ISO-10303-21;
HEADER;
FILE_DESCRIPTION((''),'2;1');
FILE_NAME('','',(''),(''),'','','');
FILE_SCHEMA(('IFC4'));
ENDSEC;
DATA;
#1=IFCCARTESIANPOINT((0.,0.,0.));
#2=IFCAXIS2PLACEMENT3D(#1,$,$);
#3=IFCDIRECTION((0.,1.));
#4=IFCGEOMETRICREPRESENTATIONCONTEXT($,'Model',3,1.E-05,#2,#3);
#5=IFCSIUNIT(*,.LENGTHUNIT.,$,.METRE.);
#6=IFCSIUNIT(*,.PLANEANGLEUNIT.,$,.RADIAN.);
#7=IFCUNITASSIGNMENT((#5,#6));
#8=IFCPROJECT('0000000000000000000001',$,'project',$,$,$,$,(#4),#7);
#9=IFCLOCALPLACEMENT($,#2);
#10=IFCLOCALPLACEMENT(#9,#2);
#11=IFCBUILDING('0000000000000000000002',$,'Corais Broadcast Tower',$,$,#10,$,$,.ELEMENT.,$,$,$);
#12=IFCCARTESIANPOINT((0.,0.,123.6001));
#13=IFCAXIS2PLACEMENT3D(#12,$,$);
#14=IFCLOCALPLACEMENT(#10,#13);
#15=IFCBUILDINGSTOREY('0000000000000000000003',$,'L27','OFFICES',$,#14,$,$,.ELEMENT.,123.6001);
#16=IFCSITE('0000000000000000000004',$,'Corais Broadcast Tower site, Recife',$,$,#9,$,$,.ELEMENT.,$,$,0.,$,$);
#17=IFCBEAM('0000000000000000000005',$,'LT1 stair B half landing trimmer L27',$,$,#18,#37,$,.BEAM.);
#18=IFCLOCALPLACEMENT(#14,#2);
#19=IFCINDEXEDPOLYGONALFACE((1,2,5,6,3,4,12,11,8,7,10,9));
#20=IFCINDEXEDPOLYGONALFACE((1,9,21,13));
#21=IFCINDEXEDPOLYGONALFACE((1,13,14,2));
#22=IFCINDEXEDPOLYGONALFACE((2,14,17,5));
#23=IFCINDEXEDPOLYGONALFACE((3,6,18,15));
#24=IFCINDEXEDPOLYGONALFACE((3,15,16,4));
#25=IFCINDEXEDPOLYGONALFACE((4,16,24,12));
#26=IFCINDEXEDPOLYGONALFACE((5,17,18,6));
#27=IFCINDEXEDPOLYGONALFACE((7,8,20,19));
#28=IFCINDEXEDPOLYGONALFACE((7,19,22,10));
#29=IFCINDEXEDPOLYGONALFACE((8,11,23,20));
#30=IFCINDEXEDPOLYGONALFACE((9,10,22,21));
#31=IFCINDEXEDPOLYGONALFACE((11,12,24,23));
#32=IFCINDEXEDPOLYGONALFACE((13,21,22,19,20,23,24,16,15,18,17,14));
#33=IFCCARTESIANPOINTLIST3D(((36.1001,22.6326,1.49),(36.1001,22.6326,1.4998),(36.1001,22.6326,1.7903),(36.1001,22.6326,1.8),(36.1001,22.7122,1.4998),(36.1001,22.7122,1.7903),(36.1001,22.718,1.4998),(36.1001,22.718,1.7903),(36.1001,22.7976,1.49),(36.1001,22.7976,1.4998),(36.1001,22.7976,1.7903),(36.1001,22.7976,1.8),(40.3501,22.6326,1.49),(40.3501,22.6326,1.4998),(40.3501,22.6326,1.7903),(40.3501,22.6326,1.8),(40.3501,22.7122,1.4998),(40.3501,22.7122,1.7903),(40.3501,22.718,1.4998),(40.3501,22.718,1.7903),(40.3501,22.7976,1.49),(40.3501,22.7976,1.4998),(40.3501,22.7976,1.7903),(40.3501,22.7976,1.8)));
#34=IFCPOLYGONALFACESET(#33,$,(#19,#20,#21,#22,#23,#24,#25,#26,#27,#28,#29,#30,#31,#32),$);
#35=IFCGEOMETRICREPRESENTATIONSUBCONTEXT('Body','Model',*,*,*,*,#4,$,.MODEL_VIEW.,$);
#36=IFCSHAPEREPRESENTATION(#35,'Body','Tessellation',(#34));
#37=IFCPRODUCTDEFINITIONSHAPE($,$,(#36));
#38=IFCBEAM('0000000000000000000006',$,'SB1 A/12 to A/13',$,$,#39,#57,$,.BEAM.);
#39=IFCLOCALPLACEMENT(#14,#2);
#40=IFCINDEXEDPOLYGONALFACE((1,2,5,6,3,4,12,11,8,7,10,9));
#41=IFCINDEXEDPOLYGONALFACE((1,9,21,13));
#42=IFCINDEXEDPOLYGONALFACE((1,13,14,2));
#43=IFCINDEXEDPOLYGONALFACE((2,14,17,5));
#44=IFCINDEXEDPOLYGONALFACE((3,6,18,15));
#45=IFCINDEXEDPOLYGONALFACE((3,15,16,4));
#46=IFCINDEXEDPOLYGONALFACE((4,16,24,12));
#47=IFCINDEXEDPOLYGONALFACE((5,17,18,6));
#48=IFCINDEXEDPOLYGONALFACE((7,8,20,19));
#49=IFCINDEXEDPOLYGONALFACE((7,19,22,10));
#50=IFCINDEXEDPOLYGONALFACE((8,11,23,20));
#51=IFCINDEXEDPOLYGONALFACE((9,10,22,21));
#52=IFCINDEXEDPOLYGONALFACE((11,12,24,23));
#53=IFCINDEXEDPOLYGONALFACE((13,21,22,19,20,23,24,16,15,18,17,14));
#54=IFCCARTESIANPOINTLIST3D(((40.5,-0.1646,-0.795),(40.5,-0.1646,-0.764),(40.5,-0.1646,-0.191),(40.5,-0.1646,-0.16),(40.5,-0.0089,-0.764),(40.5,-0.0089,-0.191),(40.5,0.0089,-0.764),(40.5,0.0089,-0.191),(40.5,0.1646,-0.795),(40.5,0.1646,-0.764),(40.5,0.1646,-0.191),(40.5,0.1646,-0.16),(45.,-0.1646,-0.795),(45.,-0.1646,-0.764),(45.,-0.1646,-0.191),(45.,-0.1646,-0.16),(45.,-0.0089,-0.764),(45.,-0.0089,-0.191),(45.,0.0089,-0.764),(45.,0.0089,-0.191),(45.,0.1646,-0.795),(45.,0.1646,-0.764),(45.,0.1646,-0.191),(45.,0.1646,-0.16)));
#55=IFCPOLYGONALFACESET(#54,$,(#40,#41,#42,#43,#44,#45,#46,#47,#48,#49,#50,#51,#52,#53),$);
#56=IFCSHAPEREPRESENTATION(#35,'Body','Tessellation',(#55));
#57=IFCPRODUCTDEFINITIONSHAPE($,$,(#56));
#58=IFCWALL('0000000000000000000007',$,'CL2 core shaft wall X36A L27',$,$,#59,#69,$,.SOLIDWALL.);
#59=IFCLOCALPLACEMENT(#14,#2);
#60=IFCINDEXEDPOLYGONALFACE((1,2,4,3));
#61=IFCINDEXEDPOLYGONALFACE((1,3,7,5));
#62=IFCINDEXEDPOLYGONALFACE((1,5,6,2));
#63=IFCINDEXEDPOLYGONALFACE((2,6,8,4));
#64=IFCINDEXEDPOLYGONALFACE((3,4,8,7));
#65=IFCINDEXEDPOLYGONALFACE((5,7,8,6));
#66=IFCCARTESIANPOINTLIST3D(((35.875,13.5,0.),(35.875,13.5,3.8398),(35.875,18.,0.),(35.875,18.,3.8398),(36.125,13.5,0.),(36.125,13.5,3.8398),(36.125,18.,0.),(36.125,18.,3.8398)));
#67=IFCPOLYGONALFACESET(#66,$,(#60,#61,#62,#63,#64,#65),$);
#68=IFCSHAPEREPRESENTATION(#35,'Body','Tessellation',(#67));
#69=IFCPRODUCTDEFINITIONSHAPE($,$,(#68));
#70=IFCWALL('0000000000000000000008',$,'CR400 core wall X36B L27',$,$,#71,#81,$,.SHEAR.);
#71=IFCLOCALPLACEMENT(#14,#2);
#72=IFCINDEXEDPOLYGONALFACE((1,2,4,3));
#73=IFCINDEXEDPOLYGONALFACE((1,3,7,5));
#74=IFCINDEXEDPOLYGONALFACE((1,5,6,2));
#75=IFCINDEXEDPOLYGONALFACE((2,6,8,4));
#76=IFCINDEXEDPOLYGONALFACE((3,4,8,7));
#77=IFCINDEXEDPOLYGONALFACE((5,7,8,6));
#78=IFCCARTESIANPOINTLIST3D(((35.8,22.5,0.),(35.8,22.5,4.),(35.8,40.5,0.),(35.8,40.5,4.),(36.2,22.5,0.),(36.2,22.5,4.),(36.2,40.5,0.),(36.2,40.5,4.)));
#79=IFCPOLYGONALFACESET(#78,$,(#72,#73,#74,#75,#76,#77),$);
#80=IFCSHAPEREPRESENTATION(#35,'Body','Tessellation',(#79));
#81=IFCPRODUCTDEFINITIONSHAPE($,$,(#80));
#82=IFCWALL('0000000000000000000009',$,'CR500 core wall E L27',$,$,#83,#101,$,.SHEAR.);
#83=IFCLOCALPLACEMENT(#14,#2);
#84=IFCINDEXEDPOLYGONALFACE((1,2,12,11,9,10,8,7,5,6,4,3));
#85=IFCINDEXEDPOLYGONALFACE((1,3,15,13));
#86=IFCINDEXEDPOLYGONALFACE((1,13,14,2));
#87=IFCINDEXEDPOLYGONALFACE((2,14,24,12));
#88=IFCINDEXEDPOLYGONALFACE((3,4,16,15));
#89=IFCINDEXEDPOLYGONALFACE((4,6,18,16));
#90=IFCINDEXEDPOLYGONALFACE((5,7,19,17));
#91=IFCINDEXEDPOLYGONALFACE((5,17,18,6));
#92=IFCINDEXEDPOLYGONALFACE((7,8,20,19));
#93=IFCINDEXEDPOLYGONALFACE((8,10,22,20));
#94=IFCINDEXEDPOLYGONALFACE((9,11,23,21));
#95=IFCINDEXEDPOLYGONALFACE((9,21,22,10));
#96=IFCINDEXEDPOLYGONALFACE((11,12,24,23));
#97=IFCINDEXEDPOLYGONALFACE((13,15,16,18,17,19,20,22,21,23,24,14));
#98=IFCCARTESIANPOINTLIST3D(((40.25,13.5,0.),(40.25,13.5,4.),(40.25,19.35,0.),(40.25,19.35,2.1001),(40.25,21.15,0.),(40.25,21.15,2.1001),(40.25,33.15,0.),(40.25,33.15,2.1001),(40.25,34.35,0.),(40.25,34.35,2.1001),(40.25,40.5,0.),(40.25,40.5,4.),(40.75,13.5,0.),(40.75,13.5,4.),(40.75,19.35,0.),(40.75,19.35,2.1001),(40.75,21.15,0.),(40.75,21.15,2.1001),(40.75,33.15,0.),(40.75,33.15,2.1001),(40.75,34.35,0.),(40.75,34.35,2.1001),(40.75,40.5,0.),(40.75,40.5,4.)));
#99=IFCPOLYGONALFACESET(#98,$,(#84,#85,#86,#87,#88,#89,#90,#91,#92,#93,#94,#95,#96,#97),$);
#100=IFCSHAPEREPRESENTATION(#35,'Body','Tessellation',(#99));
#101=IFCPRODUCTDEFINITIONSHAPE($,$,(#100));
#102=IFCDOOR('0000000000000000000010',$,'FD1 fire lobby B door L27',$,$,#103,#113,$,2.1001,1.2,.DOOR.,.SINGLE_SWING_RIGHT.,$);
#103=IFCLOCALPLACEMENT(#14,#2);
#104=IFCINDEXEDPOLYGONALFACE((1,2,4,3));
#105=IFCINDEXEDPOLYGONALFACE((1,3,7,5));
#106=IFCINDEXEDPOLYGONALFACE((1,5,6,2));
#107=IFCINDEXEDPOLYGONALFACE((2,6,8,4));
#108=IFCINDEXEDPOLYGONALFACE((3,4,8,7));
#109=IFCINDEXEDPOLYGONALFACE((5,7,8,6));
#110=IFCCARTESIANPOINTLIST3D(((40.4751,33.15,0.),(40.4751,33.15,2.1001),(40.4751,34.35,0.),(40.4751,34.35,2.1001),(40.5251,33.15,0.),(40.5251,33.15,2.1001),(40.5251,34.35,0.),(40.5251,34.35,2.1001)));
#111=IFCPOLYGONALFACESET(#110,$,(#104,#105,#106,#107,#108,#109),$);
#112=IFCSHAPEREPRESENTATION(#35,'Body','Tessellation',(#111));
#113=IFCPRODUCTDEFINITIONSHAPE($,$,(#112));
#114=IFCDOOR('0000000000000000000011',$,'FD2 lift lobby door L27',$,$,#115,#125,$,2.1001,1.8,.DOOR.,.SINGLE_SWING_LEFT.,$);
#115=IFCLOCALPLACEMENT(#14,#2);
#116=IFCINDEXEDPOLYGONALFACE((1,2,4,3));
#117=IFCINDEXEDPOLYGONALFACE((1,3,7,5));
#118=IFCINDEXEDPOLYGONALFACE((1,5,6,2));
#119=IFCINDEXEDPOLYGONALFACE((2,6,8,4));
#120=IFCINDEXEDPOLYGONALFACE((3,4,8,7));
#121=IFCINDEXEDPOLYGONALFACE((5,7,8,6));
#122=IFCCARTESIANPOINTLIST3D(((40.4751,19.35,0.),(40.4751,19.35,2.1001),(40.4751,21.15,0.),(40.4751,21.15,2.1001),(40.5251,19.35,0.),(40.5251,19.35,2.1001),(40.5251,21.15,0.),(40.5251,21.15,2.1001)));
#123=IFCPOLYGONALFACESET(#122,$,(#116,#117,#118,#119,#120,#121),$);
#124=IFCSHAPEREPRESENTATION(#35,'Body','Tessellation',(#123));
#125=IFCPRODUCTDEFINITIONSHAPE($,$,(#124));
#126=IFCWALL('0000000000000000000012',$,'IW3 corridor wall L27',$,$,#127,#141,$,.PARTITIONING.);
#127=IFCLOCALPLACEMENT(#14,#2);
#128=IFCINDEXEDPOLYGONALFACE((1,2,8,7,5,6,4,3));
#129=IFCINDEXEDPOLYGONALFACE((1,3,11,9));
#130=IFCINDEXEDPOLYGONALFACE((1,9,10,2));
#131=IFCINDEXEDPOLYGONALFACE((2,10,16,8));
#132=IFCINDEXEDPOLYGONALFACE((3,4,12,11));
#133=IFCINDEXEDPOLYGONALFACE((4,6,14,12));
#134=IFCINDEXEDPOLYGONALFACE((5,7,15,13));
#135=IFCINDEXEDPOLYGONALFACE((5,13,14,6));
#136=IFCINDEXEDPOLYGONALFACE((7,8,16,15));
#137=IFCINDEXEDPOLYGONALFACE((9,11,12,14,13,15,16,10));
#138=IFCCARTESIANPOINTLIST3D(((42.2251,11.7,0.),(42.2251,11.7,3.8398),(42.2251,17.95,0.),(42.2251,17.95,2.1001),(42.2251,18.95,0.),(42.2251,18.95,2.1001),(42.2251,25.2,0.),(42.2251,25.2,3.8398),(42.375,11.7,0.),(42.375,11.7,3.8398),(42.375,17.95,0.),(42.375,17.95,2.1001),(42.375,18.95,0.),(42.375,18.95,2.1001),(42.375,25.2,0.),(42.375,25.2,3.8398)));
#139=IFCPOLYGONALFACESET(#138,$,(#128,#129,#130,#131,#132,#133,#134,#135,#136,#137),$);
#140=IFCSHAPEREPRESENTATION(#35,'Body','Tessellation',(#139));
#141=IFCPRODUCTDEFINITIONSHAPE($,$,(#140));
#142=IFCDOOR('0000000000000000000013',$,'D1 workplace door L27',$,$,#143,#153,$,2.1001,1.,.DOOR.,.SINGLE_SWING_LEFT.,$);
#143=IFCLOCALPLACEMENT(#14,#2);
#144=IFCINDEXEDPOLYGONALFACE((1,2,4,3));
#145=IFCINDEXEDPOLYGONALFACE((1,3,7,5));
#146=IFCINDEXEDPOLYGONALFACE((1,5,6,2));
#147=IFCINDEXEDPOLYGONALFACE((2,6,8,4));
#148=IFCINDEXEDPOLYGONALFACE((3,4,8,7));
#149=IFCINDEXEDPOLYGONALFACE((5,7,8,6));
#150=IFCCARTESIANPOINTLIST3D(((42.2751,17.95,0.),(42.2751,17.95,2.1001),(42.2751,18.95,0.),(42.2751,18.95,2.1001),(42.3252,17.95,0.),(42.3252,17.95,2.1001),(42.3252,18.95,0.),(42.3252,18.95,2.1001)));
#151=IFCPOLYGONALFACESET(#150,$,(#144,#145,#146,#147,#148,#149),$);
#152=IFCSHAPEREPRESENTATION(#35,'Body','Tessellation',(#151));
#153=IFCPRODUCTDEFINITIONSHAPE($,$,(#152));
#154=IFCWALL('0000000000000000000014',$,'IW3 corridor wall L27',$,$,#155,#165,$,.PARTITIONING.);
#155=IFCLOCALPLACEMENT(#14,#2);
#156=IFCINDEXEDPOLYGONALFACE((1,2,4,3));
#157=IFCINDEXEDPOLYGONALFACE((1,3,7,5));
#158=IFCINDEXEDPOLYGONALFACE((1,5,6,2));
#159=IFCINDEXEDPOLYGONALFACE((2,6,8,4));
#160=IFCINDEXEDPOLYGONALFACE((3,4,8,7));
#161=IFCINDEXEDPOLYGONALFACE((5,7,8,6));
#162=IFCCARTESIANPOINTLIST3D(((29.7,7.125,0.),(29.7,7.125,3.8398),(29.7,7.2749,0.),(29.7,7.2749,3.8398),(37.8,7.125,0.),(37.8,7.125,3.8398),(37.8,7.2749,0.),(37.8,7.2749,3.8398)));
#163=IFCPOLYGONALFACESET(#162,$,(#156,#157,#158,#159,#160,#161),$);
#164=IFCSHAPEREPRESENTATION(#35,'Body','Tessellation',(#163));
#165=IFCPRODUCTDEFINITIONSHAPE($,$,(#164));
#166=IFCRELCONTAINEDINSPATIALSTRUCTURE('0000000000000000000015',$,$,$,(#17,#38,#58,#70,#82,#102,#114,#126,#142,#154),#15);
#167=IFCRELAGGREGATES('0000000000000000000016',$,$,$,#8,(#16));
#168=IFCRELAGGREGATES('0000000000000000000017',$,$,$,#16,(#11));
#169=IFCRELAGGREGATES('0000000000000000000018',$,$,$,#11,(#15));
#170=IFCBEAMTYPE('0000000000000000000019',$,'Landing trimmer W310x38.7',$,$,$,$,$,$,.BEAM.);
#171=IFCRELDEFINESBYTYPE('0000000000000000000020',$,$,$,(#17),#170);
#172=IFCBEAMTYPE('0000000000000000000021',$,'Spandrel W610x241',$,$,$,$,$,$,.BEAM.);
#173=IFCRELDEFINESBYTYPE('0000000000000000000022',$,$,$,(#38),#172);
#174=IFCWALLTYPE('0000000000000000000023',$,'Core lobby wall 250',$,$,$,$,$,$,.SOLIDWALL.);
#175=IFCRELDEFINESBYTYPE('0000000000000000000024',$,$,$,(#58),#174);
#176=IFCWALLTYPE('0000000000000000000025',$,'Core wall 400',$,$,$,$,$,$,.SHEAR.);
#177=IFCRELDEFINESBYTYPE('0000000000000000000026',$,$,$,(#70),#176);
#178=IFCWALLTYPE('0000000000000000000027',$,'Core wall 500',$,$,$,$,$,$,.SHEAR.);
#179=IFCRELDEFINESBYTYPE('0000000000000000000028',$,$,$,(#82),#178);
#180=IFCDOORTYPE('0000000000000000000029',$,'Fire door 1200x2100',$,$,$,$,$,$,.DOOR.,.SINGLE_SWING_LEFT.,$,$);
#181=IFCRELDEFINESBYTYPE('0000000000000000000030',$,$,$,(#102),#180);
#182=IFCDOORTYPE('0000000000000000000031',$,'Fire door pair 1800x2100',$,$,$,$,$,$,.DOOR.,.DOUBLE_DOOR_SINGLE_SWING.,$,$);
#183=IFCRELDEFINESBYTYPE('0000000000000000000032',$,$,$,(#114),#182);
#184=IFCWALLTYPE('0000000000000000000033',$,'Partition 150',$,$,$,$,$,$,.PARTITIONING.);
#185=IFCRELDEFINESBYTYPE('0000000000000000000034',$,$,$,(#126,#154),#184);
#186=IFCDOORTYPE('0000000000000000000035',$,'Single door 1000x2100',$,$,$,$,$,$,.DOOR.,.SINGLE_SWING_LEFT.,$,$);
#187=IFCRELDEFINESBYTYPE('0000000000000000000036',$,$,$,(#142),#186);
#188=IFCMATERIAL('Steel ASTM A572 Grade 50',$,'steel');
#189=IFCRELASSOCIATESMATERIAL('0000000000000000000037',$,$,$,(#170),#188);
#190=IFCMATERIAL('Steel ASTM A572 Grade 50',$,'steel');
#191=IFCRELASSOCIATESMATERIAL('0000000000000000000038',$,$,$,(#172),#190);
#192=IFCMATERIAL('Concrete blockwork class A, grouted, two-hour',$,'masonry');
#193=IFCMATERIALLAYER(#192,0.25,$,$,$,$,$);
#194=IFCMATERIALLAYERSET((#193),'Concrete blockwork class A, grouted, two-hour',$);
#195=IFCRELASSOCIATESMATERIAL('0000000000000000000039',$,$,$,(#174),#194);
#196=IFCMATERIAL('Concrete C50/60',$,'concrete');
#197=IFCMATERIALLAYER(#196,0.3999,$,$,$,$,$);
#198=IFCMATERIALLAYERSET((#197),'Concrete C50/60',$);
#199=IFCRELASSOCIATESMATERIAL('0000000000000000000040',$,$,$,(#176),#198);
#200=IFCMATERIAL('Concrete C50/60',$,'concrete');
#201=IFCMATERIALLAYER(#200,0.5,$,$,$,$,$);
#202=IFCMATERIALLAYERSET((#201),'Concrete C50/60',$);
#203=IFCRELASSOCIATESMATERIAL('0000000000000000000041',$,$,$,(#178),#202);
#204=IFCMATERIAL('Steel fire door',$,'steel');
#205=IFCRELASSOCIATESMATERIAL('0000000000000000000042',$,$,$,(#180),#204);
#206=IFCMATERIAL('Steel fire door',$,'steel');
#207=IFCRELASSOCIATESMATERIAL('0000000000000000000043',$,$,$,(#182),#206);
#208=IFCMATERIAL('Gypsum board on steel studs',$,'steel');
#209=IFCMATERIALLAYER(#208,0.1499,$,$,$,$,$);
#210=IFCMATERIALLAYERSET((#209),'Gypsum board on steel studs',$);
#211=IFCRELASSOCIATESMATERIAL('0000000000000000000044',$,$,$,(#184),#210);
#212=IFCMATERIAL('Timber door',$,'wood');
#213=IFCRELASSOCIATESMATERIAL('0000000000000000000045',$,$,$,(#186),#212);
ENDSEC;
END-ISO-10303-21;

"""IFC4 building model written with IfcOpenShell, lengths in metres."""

from ifc_helpers import new_model, si_unit, direction, frame, frame_2d, origin, origin_2d, place, context, subcontext, project, spatial, rectangle, i_section, extrude, material, layer, layer_set, material_profile, profile_set, type_object, element, fill, save


model = new_model("IFC4")

# Units and contexts
model_context = context("Model", 3, precision=1e-05, world=origin(), true_north=direction((0.0, 1.0)))
body_context = subcontext(model_context, "Body", "Model", "MODEL_VIEW")
ifc_project = project(units=[si_unit("LENGTHUNIT", "METRE"), si_unit("PLANEANGLEUNIT", "RADIAN")], contexts=[model_context])

# Site, building, storey
site_placement = place(None, origin())
site = spatial("IfcSite", under=ifc_project, at=site_placement, Name="Corais Broadcast Tower site, Recife", CompositionType="ELEMENT", RefElevation=0.0)
building_placement = place(site_placement, origin())
building = spatial("IfcBuilding", under=site, at=building_placement, Name="Corais Broadcast Tower", CompositionType="ELEMENT")
storey_placement = place(building_placement, frame((0.0, 0.0, 123.6001)))
storey = spatial("IfcBuildingStorey", under=building, at=storey_placement, Name="L27", Description="OFFICES", CompositionType="ELEMENT", Elevation=123.6001)

# Beams
ifc_material_1 = material(Name="Steel ASTM A572 Grade 50", Category="steel")
ifc_material_profile_1 = material_profile(ifc_material_1, i_section(OverallWidth=0.165, OverallDepth=0.3101, WebThickness=0.0059, FlangeThickness=0.0098, at=origin_2d()), Name="W310x38.7")
ifc_profile_set_1 = profile_set([ifc_material_profile_1], Name="Steel ASTM A572 Grade 50")
beam_type_1 = type_object("IfcBeamType", Name="Landing trimmer W310x38.7", PredefinedType="BEAM", material=ifc_profile_set_1)
beam_1_placement = place(storey_placement, frame((36.1001, 22.7151, 1.645), z_axis=(1.0, 0.0, 0.0), x_axis=(0.0, 1.0, 0.0)))
element("IfcBeam", 1, at=beam_1_placement, inside=storey, type_object=beam_type_1, Name="LT1 stair B half landing trimmer L27", PredefinedType="BEAM", context=body_context, shape_type="SweptSolid", body=[
    extrude(i_section(OverallWidth=0.165, OverallDepth=0.3101, WebThickness=0.0059, FlangeThickness=0.0098, at=origin_2d()), origin(), (0.0, 0.0, 1.0), 4.25),
])
ifc_material_2 = material(Name="Steel ASTM A572 Grade 50", Category="steel")
ifc_material_profile_2 = material_profile(ifc_material_2, i_section(OverallWidth=0.3291, OverallDepth=0.635, WebThickness=0.0178, FlangeThickness=0.031, at=origin_2d()), Name="W610x241")
ifc_profile_set_2 = profile_set([ifc_material_profile_2], Name="Steel ASTM A572 Grade 50")
beam_type_2 = type_object("IfcBeamType", Name="Spandrel W610x241", PredefinedType="BEAM", material=ifc_profile_set_2)
beam_2_placement = place(storey_placement, frame((40.5, 0.0, -0.4775), z_axis=(1.0, 0.0, 0.0), x_axis=(0.0, 1.0, 0.0)))
element("IfcBeam", 2, at=beam_2_placement, inside=storey, type_object=beam_type_2, Name="SB1 A/12 to A/13", PredefinedType="BEAM", context=body_context, shape_type="SweptSolid", body=[
    extrude(i_section(OverallWidth=0.3291, OverallDepth=0.635, WebThickness=0.0178, FlangeThickness=0.031, at=origin_2d()), origin(), (0.0, 0.0, 1.0), 4.5),
])

# Walls
ifc_material_3 = material(Name="Concrete blockwork class A, grouted, two-hour", Category="masonry")
ifc_layer_1 = layer(ifc_material_3, 0.25)
ifc_layer_set_1 = layer_set([ifc_layer_1], Name="Concrete blockwork class A, grouted, two-hour")
wall_type_1 = type_object("IfcWallType", Name="Core lobby wall 250", PredefinedType="SOLIDWALL", material=ifc_layer_set_1)
wall_1_placement = place(storey_placement, frame((36.0, 13.5, 0.0), z_axis=(0.0, 0.0, 1.0), x_axis=(0.0, 1.0, 0.0)))
element("IfcWall", 3, at=wall_1_placement, inside=storey, type_object=wall_type_1, Name="CL2 core shaft wall X36A L27", PredefinedType="SOLIDWALL", context=body_context, shape_type="SweptSolid", body=[
    extrude(rectangle(XDim=4.5, YDim=0.25, at=frame_2d((2.25, 0.0))), origin(), (0.0, 0.0, 1.0), 3.8398),
])
ifc_material_4 = material(Name="Concrete C50/60", Category="concrete")
ifc_layer_2 = layer(ifc_material_4, 0.3999)
ifc_layer_set_2 = layer_set([ifc_layer_2], Name="Concrete C50/60")
wall_type_2 = type_object("IfcWallType", Name="Core wall 400", PredefinedType="SHEAR", material=ifc_layer_set_2)
wall_2_placement = place(storey_placement, frame((36.0, 22.5, 0.0), z_axis=(0.0, 0.0, 1.0), x_axis=(0.0, 1.0, 0.0)))
element("IfcWall", 4, at=wall_2_placement, inside=storey, type_object=wall_type_2, Name="CR400 core wall X36B L27", PredefinedType="SHEAR", context=body_context, shape_type="SweptSolid", body=[
    extrude(rectangle(XDim=18.0, YDim=0.3999, at=frame_2d((9.0, 0.0))), origin(), (0.0, 0.0, 1.0), 4.0),
])

# Wall, openings, doors
ifc_material_5 = material(Name="Concrete C50/60", Category="concrete")
ifc_layer_3 = layer(ifc_material_5, 0.5)
ifc_layer_set_3 = layer_set([ifc_layer_3], Name="Concrete C50/60")
wall_type_3 = type_object("IfcWallType", Name="Core wall 500", PredefinedType="SHEAR", material=ifc_layer_set_3)
wall_3_placement = place(storey_placement, frame((40.5, 13.5, 0.0), z_axis=(0.0, 0.0, 1.0), x_axis=(0.0, 1.0, 0.0)))
wall_3 = element("IfcWall", 5, at=wall_3_placement, inside=storey, type_object=wall_type_3, Name="CR500 core wall E L27", PredefinedType="SHEAR", context=body_context, shape_type="SweptSolid", body=[
    extrude(rectangle(XDim=27.0, YDim=0.5, at=frame_2d((13.5, 0.0))), origin(), (0.0, 0.0, 1.0), 4.0),
])
opening_1_placement = place(wall_3_placement, frame((5.8501, 0.0, 0.0)))
opening_1 = element("IfcOpeningElement", 6, at=opening_1_placement, cuts=wall_3, PredefinedType="OPENING", context=body_context, shape_type="SweptSolid", body=[
    extrude(rectangle(XDim=1.8, YDim=2.1001, at=frame_2d((0.8999, 1.05))), frame((0.0, 0.26, 0.0), z_axis=(0.0, -1.0, 0.0), x_axis=(1.0, 0.0, 0.0)), (0.0, 0.0, 1.0), 0.52),
])
opening_2_placement = place(wall_3_placement, frame((19.6499, 0.0, 0.0)))
opening_2 = element("IfcOpeningElement", 7, at=opening_2_placement, cuts=wall_3, PredefinedType="OPENING", context=body_context, shape_type="SweptSolid", body=[
    extrude(rectangle(XDim=1.2, YDim=2.1001, at=frame_2d((0.6001, 1.05))), frame((0.0, 0.26, 0.0), z_axis=(0.0, -1.0, 0.0), x_axis=(1.0, 0.0, 0.0)), (0.0, 0.0, 1.0), 0.52),
])
ifc_material_6 = material(Name="Steel fire door", Category="steel")
door_type_1 = type_object("IfcDoorType", Name="Fire door 1200x2100", OperationType="SINGLE_SWING_LEFT", PredefinedType="DOOR", material=ifc_material_6)
door_1_placement = place(opening_2_placement, origin())
door_1 = element("IfcDoor", 8, at=door_1_placement, inside=storey, type_object=door_type_1, Name="FD1 fire lobby B door L27", OperationType="SINGLE_SWING_RIGHT", OverallHeight=2.1001, OverallWidth=1.2, PredefinedType="DOOR", context=body_context, shape_type="SweptSolid", body=[
    extrude(rectangle(XDim=1.2, YDim=2.1001, at=frame_2d((0.6001, 1.05))), frame((0.0, 0.0249, 0.0), z_axis=(0.0, -1.0, 0.0), x_axis=(1.0, 0.0, 0.0)), (0.0, 0.0, 1.0), 0.05),
])
fill(opening_2, door_1)
ifc_material_7 = material(Name="Steel fire door", Category="steel")
door_type_2 = type_object("IfcDoorType", Name="Fire door pair 1800x2100", OperationType="DOUBLE_DOOR_SINGLE_SWING", PredefinedType="DOOR", material=ifc_material_7)
door_2_placement = place(opening_1_placement, origin())
door_2 = element("IfcDoor", 9, at=door_2_placement, inside=storey, type_object=door_type_2, Name="FD2 lift lobby door L27", OperationType="SINGLE_SWING_LEFT", OverallHeight=2.1001, OverallWidth=1.8, PredefinedType="DOOR", context=body_context, shape_type="SweptSolid", body=[
    extrude(rectangle(XDim=1.8, YDim=2.1001, at=frame_2d((0.8999, 1.05))), frame((0.0, 0.0249, 0.0), z_axis=(0.0, -1.0, 0.0), x_axis=(1.0, 0.0, 0.0)), (0.0, 0.0, 1.0), 0.05),
])
fill(opening_1, door_2)

# Wall, opening, door
ifc_material_8 = material(Name="Gypsum board on steel studs", Category="steel")
ifc_layer_4 = layer(ifc_material_8, 0.1499)
ifc_layer_set_4 = layer_set([ifc_layer_4], Name="Gypsum board on steel studs")
wall_type_4 = type_object("IfcWallType", Name="Partition 150", PredefinedType="PARTITIONING", material=ifc_layer_set_4)
wall_4_placement = place(storey_placement, frame((42.3, 11.7, 0.0), z_axis=(0.0, 0.0, 1.0), x_axis=(0.0, 1.0, 0.0)))
wall_4 = element("IfcWall", 10, at=wall_4_placement, inside=storey, type_object=wall_type_4, Name="IW3 corridor wall L27", PredefinedType="PARTITIONING", context=body_context, shape_type="SweptSolid", body=[
    extrude(rectangle(XDim=13.5, YDim=0.1499, at=frame_2d((6.75, 0.0))), origin(), (0.0, 0.0, 1.0), 3.8398),
])
opening_3_placement = place(wall_4_placement, frame((6.25, 0.0, 0.0)))
opening_3 = element("IfcOpeningElement", 11, at=opening_3_placement, cuts=wall_4, PredefinedType="OPENING", context=body_context, shape_type="SweptSolid", body=[
    extrude(rectangle(XDim=1.0, YDim=2.1001, at=frame_2d((0.5, 1.05))), frame((0.0, 0.085, 0.0), z_axis=(0.0, -1.0, 0.0), x_axis=(1.0, 0.0, 0.0)), (0.0, 0.0, 1.0), 0.1699),
])
ifc_material_9 = material(Name="Timber door", Category="wood")
door_type_3 = type_object("IfcDoorType", Name="Single door 1000x2100", OperationType="SINGLE_SWING_LEFT", PredefinedType="DOOR", material=ifc_material_9)
door_3_placement = place(opening_3_placement, origin())
door_3 = element("IfcDoor", 12, at=door_3_placement, inside=storey, type_object=door_type_3, Name="D1 workplace door L27", OperationType="SINGLE_SWING_LEFT", OverallHeight=2.1001, OverallWidth=1.0, PredefinedType="DOOR", context=body_context, shape_type="SweptSolid", body=[
    extrude(rectangle(XDim=1.0, YDim=2.1001, at=frame_2d((0.5, 1.05))), frame((0.0, 0.0249, 0.0), z_axis=(0.0, -1.0, 0.0), x_axis=(1.0, 0.0, 0.0)), (0.0, 0.0, 1.0), 0.05),
])
fill(opening_3, door_3)

# Wall
wall_5_placement = place(storey_placement, frame((29.7, 7.2, 0.0), z_axis=(0.0, 0.0, 1.0), x_axis=(1.0, 0.0, 0.0)))
element("IfcWall", 13, at=wall_5_placement, inside=storey, type_object=wall_type_4, Name="IW3 corridor wall L27", PredefinedType="PARTITIONING", context=body_context, shape_type="SweptSolid", body=[
    extrude(rectangle(XDim=8.1001, YDim=0.1499, at=frame_2d((4.05, 0.0))), origin(), (0.0, 0.0, 1.0), 3.8398),
])

save(model, "model.ifc")
